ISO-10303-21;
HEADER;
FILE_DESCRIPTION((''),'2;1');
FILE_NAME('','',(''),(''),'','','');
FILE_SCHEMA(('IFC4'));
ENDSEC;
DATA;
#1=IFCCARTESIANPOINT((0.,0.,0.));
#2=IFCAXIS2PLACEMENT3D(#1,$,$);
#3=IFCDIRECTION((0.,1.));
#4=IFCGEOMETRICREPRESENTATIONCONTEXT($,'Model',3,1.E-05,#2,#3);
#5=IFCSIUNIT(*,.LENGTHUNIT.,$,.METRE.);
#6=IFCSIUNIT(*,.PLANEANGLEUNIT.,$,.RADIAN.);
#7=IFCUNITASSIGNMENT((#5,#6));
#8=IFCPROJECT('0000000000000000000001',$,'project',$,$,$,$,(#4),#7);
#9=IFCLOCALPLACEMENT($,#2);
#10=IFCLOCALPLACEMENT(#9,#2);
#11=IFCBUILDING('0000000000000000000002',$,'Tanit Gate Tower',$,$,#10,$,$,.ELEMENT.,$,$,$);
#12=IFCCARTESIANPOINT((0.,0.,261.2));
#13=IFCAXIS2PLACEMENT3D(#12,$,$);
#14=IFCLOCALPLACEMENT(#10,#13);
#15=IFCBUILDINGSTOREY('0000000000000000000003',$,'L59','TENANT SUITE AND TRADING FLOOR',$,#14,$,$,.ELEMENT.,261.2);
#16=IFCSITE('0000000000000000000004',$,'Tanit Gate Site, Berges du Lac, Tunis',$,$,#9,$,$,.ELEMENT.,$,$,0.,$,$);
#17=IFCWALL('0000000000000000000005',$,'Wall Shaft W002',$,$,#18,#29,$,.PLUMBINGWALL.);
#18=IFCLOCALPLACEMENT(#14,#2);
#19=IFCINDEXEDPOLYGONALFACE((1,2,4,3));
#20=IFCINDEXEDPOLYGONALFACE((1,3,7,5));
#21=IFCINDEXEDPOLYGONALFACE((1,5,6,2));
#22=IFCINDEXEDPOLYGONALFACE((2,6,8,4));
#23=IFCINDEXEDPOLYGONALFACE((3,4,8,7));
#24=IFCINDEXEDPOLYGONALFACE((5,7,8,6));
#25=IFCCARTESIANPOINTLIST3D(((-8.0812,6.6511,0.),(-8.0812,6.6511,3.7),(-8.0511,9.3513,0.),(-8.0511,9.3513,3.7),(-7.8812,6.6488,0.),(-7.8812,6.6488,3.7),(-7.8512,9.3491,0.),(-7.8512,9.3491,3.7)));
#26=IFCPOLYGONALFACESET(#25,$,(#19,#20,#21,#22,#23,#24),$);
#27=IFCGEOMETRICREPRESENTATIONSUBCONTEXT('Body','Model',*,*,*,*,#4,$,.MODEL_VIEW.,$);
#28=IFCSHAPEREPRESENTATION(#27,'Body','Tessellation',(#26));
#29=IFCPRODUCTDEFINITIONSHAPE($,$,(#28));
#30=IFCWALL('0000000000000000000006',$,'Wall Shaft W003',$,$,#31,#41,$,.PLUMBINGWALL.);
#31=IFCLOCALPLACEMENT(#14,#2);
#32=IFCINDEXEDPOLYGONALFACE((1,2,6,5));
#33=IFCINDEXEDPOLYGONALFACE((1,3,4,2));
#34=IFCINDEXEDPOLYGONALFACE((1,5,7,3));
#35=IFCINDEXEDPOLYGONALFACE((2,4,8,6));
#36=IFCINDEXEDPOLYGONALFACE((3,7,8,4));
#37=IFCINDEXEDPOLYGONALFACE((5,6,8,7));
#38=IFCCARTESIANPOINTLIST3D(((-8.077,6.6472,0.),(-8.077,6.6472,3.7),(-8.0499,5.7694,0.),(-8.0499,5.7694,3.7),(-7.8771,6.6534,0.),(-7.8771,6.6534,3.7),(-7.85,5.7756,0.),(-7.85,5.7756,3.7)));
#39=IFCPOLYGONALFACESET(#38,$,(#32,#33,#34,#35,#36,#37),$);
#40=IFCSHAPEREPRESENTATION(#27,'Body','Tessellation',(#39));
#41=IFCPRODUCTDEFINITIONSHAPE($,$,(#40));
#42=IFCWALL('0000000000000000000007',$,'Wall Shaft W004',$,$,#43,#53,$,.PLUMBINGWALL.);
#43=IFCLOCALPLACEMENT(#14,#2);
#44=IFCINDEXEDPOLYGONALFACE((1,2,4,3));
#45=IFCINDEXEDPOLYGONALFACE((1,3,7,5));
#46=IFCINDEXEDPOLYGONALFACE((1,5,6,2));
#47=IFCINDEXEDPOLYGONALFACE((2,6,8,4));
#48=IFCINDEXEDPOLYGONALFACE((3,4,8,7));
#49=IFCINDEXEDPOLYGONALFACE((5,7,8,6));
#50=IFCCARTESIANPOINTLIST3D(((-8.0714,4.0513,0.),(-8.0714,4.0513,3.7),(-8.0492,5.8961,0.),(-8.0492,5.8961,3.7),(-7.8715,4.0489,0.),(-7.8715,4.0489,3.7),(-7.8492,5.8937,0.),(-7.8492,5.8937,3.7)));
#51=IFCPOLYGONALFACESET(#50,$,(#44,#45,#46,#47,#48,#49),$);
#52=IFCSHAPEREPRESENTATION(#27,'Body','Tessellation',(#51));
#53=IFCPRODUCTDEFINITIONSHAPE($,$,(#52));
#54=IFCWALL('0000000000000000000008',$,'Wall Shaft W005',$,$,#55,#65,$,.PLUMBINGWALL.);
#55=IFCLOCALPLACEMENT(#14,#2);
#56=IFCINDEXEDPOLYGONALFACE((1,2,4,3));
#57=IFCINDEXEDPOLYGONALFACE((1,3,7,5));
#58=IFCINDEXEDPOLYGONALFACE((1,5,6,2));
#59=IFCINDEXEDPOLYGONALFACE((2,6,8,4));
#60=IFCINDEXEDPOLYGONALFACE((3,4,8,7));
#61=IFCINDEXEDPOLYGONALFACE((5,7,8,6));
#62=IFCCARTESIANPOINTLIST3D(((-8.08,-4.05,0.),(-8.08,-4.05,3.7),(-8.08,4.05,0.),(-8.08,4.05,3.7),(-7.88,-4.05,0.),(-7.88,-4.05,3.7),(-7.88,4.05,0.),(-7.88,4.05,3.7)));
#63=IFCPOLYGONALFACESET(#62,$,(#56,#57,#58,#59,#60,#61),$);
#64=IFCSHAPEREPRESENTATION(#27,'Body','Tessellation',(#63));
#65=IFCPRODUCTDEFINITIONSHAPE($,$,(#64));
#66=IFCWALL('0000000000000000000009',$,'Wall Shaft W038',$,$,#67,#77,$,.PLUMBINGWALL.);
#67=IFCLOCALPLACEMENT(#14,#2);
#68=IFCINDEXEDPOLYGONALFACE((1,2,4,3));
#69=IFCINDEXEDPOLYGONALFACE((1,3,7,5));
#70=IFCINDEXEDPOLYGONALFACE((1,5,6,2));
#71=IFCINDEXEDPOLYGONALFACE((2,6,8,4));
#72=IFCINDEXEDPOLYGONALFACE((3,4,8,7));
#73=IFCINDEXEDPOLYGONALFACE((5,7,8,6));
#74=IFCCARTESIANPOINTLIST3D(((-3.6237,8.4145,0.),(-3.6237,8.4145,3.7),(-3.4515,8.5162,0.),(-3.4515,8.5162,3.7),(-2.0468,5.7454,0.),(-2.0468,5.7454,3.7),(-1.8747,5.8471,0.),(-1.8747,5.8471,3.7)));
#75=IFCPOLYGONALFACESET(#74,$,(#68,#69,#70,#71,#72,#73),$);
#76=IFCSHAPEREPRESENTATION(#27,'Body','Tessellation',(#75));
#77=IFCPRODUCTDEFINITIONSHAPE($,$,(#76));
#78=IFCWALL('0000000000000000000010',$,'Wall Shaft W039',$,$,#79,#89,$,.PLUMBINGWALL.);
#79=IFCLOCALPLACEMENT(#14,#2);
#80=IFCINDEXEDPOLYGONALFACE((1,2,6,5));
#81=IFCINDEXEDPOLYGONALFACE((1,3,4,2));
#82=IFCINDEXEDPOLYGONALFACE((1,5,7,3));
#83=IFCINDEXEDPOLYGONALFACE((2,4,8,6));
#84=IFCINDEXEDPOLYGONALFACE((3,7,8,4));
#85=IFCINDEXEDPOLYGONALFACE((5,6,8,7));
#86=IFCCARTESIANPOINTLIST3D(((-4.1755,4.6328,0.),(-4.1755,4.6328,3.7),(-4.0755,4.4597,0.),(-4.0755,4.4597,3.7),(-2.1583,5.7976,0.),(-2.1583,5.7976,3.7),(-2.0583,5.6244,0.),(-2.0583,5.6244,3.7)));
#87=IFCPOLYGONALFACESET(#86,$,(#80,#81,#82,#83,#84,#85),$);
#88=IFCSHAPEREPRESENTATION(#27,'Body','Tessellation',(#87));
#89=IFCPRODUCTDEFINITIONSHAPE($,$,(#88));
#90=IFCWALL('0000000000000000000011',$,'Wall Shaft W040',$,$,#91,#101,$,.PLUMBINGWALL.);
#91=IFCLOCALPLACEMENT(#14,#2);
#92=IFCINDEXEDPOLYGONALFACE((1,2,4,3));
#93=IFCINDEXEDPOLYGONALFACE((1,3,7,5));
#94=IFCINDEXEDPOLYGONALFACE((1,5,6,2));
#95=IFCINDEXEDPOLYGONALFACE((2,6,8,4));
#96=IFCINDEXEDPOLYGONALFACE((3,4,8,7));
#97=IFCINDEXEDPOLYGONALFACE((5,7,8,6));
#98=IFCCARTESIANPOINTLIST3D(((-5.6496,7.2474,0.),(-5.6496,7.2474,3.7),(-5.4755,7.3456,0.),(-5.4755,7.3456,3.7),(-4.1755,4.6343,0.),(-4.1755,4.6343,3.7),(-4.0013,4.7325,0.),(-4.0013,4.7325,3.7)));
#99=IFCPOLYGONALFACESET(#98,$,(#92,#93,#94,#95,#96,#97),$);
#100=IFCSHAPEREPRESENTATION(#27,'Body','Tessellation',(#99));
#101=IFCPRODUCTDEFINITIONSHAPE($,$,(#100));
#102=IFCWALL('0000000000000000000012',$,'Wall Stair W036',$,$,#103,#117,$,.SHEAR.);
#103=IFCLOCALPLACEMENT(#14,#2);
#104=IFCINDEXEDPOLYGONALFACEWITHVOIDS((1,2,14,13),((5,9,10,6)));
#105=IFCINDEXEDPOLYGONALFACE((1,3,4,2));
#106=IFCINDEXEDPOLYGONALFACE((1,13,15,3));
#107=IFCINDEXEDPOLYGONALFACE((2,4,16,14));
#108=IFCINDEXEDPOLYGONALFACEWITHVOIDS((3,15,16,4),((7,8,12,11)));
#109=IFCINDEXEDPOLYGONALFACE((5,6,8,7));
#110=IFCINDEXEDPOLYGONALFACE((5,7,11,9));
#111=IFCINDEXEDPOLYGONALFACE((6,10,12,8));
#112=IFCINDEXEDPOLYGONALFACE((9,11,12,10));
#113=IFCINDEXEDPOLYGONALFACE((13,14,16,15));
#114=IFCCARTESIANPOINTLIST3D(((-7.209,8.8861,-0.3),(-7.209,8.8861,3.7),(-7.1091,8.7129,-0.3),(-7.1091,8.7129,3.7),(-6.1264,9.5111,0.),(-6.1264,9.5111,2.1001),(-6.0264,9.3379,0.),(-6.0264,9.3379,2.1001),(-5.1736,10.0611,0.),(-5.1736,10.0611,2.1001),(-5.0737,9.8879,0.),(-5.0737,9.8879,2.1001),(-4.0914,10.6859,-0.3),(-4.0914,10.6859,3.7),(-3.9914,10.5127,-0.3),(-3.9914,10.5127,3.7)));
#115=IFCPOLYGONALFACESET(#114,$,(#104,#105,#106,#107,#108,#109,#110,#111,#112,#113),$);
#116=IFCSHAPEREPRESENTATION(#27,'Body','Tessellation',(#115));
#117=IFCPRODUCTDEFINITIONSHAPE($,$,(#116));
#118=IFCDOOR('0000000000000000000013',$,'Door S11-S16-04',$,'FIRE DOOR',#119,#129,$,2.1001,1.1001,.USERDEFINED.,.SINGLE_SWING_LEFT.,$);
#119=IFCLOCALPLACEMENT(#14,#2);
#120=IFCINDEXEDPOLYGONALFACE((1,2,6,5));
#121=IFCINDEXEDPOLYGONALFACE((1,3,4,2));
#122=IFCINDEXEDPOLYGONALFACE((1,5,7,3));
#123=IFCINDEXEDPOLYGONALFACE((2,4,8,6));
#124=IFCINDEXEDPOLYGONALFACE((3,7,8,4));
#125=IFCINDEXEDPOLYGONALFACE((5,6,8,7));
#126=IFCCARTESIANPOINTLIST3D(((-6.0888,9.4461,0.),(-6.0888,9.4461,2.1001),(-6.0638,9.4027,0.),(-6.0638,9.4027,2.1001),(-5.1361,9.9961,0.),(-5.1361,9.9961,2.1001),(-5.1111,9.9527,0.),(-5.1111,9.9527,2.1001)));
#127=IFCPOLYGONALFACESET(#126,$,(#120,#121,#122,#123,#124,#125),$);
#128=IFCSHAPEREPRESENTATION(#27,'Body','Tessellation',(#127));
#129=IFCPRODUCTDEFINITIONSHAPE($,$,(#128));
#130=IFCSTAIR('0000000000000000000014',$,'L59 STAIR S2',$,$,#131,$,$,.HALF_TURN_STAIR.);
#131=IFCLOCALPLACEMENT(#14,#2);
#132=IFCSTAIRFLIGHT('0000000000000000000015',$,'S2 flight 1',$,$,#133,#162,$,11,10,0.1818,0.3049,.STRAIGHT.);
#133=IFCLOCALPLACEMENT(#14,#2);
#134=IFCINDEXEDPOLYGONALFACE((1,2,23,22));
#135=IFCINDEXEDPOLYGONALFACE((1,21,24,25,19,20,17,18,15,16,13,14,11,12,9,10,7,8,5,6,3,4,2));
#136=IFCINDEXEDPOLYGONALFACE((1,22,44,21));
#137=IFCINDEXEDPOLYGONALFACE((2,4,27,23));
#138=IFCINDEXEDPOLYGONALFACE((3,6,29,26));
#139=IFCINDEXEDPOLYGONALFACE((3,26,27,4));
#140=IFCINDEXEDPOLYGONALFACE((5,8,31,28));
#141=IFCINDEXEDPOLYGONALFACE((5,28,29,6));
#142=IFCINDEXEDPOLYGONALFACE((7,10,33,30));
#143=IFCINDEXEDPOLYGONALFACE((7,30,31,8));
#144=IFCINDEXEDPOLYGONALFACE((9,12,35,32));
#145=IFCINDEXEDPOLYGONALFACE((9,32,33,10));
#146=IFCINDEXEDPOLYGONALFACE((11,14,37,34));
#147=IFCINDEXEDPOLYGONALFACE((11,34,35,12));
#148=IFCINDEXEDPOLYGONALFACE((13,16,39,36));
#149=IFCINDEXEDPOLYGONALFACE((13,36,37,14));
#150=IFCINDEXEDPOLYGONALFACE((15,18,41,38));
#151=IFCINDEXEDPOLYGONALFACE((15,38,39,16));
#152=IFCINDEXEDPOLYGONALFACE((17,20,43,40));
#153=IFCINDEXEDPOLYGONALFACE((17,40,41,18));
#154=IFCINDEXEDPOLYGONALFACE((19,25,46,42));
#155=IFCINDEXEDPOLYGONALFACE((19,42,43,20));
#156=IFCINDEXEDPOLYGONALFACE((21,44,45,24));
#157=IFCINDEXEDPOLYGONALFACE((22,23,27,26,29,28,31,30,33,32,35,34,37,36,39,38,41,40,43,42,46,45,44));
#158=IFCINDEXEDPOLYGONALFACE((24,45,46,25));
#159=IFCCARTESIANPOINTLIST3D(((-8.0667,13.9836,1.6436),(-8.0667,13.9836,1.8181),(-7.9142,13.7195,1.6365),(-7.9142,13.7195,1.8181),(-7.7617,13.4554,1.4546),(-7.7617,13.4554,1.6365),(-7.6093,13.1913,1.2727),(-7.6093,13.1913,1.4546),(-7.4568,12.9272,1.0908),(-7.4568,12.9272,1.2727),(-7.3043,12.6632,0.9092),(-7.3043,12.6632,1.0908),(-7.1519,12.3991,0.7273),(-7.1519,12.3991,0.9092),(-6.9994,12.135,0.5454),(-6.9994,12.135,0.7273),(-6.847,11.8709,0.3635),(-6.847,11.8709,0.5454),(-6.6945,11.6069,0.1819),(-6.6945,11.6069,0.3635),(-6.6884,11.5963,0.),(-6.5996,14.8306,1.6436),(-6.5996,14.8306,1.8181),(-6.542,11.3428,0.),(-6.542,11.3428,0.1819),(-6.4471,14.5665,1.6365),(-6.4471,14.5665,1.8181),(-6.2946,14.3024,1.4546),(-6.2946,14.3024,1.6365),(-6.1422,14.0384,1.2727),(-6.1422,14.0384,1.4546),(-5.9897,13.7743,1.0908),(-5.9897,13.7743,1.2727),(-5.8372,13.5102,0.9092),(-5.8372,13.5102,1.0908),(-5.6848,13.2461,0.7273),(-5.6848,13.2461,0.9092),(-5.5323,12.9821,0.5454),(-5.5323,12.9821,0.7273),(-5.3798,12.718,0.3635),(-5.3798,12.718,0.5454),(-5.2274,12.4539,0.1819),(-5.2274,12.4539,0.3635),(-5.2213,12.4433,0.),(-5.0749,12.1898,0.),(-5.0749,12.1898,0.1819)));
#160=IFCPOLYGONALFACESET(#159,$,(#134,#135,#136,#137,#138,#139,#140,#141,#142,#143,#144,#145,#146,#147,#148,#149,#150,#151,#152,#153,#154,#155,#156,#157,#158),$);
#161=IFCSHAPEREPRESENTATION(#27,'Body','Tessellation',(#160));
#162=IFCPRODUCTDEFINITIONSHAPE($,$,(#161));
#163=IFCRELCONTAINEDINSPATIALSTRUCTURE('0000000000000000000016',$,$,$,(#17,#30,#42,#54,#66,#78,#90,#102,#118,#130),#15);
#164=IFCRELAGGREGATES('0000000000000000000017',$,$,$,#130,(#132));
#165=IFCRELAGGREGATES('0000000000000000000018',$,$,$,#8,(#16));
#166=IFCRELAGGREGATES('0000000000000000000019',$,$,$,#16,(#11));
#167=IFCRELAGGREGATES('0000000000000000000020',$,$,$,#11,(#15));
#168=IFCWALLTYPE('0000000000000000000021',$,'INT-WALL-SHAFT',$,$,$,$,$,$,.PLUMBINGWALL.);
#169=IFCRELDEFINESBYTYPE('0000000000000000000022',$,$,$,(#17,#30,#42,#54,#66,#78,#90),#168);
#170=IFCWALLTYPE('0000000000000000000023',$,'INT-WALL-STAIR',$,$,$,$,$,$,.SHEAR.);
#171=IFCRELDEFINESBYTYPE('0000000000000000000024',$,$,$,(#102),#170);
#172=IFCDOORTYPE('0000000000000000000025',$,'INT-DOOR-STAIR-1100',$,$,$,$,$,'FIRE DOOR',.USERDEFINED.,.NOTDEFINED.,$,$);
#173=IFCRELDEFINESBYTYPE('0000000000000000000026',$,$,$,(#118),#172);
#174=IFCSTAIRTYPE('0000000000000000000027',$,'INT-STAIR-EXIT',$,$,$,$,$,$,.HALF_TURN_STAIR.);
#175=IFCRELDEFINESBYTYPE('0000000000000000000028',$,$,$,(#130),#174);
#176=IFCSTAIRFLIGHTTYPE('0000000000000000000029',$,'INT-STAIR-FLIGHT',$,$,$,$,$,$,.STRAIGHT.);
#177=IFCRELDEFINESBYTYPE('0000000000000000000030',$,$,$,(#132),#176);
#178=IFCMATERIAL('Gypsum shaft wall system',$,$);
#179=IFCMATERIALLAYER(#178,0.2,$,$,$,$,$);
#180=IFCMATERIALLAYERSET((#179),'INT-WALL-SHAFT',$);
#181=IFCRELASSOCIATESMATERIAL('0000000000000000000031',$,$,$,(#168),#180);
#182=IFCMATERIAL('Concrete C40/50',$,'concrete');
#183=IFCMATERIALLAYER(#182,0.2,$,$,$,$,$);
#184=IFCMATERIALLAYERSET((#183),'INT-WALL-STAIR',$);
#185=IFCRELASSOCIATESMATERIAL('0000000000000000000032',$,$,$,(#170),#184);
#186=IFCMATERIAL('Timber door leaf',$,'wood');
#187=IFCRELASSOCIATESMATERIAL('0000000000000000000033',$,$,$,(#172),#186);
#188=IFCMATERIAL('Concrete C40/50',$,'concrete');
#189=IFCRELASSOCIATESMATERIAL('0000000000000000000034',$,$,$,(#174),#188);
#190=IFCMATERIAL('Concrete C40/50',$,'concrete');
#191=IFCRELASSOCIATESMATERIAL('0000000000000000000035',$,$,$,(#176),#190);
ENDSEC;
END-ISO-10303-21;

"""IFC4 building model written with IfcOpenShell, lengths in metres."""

from ifc_helpers import new_model, si_unit, direction, frame, frame_2d, origin, place, context, subcontext, project, spatial, polyline, rectangle, outline, extrude, material, layer, layer_set, type_object, element, fill, aggregate, save


model = new_model("IFC4")

# Units and contexts
model_context = context("Model", 3, precision=1e-05, world=origin(), true_north=direction((0.0, 1.0)))
body_context = subcontext(model_context, "Body", "Model", "MODEL_VIEW")
ifc_project = project(units=[si_unit("LENGTHUNIT", "METRE"), si_unit("PLANEANGLEUNIT", "RADIAN")], contexts=[model_context])

# Site, building, storey
site_placement = place(None, origin())
site = spatial("IfcSite", under=ifc_project, at=site_placement, Name="Tanit Gate Site, Berges du Lac, Tunis", CompositionType="ELEMENT", RefElevation=0.0)
building_placement = place(site_placement, origin())
building = spatial("IfcBuilding", under=site, at=building_placement, Name="Tanit Gate Tower", CompositionType="ELEMENT")
storey_placement = place(building_placement, frame((0.0, 0.0, 261.2)))
storey = spatial("IfcBuildingStorey", under=building, at=storey_placement, Name="L59", Description="TENANT SUITE AND TRADING FLOOR", CompositionType="ELEMENT", Elevation=261.2)

# Walls
ifc_material_1 = material(Name="Gypsum shaft wall system")
ifc_layer_1 = layer(ifc_material_1, 0.2)
ifc_layer_set_1 = layer_set([ifc_layer_1], Name="INT-WALL-SHAFT")
wall_type_1 = type_object("IfcWallType", Name="INT-WALL-SHAFT", PredefinedType="PLUMBINGWALL", material=ifc_layer_set_1)
wall_1_placement = place(storey_placement, frame((-7.9512, 9.3501, 0.0), z_axis=(0.0, 0.0, 1.0), x_axis=(-0.01112, -0.999938, 0.0)))
element("IfcWall", 1, at=wall_1_placement, inside=storey, type_object=wall_type_1, Name="Wall Shaft W002", PredefinedType="PLUMBINGWALL", context=body_context, shape_type="SweptSolid", body=[
    extrude(rectangle(XDim=2.7004, YDim=0.2, at=frame_2d((1.3501, 0.0))), origin(), (0.0, 0.0, 1.0), 3.7),
])
wall_2_placement = place(storey_placement, frame((-7.9771, 6.6501, 0.0), z_axis=(0.0, 0.0, 1.0), x_axis=(0.030862, -0.999524, 0.0)))
element("IfcWall", 2, at=wall_2_placement, inside=storey, type_object=wall_type_1, Name="Wall Shaft W003", PredefinedType="PLUMBINGWALL", context=body_context, shape_type="SweptSolid", body=[
    extrude(rectangle(XDim=0.8782, YDim=0.2, at=frame_2d((0.439, 0.0))), origin(), (0.0, 0.0, 1.0), 3.7),
])
wall_3_placement = place(storey_placement, frame((-7.9492, 5.8948, 0.0), z_axis=(0.0, 0.0, 1.0), x_axis=(-0.012043, -0.999927, 0.0)))
element("IfcWall", 3, at=wall_3_placement, inside=storey, type_object=wall_type_1, Name="Wall Shaft W004", PredefinedType="PLUMBINGWALL", context=body_context, shape_type="SweptSolid", body=[
    extrude(rectangle(XDim=1.845, YDim=0.2, at=frame_2d((0.9224, 0.0))), origin(), (0.0, 0.0, 1.0), 3.7),
])
wall_4_placement = place(storey_placement, frame((-7.98, 4.05, 0.0), z_axis=(0.0, 0.0, 1.0), x_axis=(0.0, -1.0, 0.0)))
element("IfcWall", 4, at=wall_4_placement, inside=storey, type_object=wall_type_1, Name="Wall Shaft W005", PredefinedType="PLUMBINGWALL", context=body_context, shape_type="SweptSolid", body=[
    extrude(rectangle(XDim=8.1001, YDim=0.2, at=frame_2d((4.05, 0.0))), origin(), (0.0, 0.0, 1.0), 3.7),
])

# Walls
wall_5_placement = place(storey_placement, frame((-3.5376, 8.4653, 0.0), z_axis=(0.0, 0.0, 1.0), x_axis=(0.508647, -0.860975, 0.0)))
element("IfcWall", 5, at=wall_5_placement, inside=storey, type_object=wall_type_1, Name="Wall Shaft W038", PredefinedType="PLUMBINGWALL", context=body_context, shape_type="SweptSolid", body=[
    extrude(rectangle(XDim=3.1001, YDim=0.2, at=frame_2d((1.55, 0.0))), origin(), (0.0, 0.0, 1.0), 3.7),
])
wall_6_placement = place(storey_placement, frame((-2.1084, 5.7109, 0.0), z_axis=(0.0, 0.0, 1.0), x_axis=(-0.866009, -0.500028, 0.0)))
element("IfcWall", 6, at=wall_6_placement, inside=storey, type_object=wall_type_1, Name="Wall Shaft W039", PredefinedType="PLUMBINGWALL", context=body_context, shape_type="SweptSolid", body=[
    extrude(rectangle(XDim=2.3293, YDim=0.2, at=frame_2d((1.1646, 0.0))), origin(), (0.0, 0.0, 1.0), 3.7),
])
wall_7_placement = place(storey_placement, frame((-5.5625, 7.2964, 0.0), z_axis=(0.0, 0.0, 1.0), x_axis=(0.491347, -0.870964, 0.0)))
element("IfcWall", 7, at=wall_7_placement, inside=storey, type_object=wall_type_1, Name="Wall Shaft W040", PredefinedType="PLUMBINGWALL", context=body_context, shape_type="SweptSolid", body=[
    extrude(rectangle(XDim=3.0002, YDim=0.2, at=frame_2d((1.5, 0.0))), origin(), (0.0, 0.0, 1.0), 3.7),
])

# Wall, opening, door
ifc_material_2 = material(Name="Concrete C40/50", Category="concrete")
ifc_layer_2 = layer(ifc_material_2, 0.2)
ifc_layer_set_2 = layer_set([ifc_layer_2], Name="INT-WALL-STAIR")
wall_type_2 = type_object("IfcWallType", Name="INT-WALL-STAIR", PredefinedType="SHEAR", material=ifc_layer_set_2)
wall_8_placement = place(storey_placement, frame((-7.1589, 8.7996, -0.3), z_axis=(0.0, 0.0, 1.0), x_axis=(0.866048, 0.499961, 0.0)))
wall_8 = element("IfcWall", 8, at=wall_8_placement, inside=storey, type_object=wall_type_2, Name="Wall Stair W036", PredefinedType="SHEAR", context=body_context, shape_type="SweptSolid", body=[
    extrude(rectangle(XDim=3.5999, YDim=0.2, at=frame_2d((1.7998, 0.0))), origin(), (0.0, 0.0, 1.0), 4.0),
])
opening_1_placement = place(wall_8_placement, frame((1.25, 0.0, 0.3)))
opening_1 = element("IfcOpeningElement", 9, at=opening_1_placement, cuts=wall_8, PredefinedType="OPENING", context=body_context, shape_type="SweptSolid", body=[
    extrude(rectangle(XDim=1.1001, YDim=2.1001, at=frame_2d((0.55, 1.05))), frame((0.0, 0.1099, 0.0), z_axis=(0.0, -1.0, 0.0), x_axis=(1.0, 0.0, 0.0)), (0.0, 0.0, 1.0), 0.22),
])
ifc_material_3 = material(Name="Timber door leaf", Category="wood")
door_type_1 = type_object("IfcDoorType", Name="INT-DOOR-STAIR-1100", ElementType="FIRE DOOR", OperationType="NOTDEFINED", PredefinedType="USERDEFINED", material=ifc_material_3)
door_1_placement = place(opening_1_placement, origin())
door_1 = element("IfcDoor", 10, at=door_1_placement, inside=storey, type_object=door_type_1, Name="Door S11-S16-04", ObjectType="FIRE DOOR", OperationType="SINGLE_SWING_LEFT", OverallHeight=2.1001, OverallWidth=1.1001, PredefinedType="USERDEFINED", context=body_context, shape_type="SweptSolid", body=[
    extrude(rectangle(XDim=1.1001, YDim=2.1001, at=frame_2d((0.55, 1.05))), frame((0.0, 0.0249, 0.0), z_axis=(0.0, -1.0, 0.0), x_axis=(1.0, 0.0, 0.0)), (0.0, 0.0, 1.0), 0.05),
])
fill(opening_1, door_1)

# Stair, stair flight
ifc_material_4 = material(Name="Concrete C40/50", Category="concrete")
stair_type = type_object("IfcStairType", Name="INT-STAIR-EXIT", PredefinedType="HALF_TURN_STAIR", material=ifc_material_4)
stair_placement = place(storey_placement, origin())
stair = element("IfcStair", 11, at=stair_placement, inside=storey, type_object=stair_type, Name="L59 STAIR S2", PredefinedType="HALF_TURN_STAIR")
ifc_material_5 = material(Name="Concrete C40/50", Category="concrete")
stair_flight_type = type_object("IfcStairFlightType", Name="INT-STAIR-FLIGHT", PredefinedType="STRAIGHT", material=ifc_material_5)
stair_flight_placement = place(storey_placement, frame((-5.8083, 11.7664, 0.0), z_axis=(0.0, 0.0, 1.0), x_axis=(-0.5, 0.866025, 0.0)))
stair_flight = element("IfcStairFlight", 12, at=stair_flight_placement, type_object=stair_flight_type, Name="S2 flight 1", NumberOfRisers=11, NumberOfTreads=10, PredefinedType="STRAIGHT", RiserHeight=0.1818, TreadLength=0.3049, context=body_context, shape_type="SweptSolid", body=[
    extrude(outline(polyline([(0.0, 0.0), (0.0, 0.1819), (0.3049, 0.1819), (0.3049, 0.3635), (0.6099, 0.3635), (0.6099, 0.5454), (0.9148, 0.5454), (0.9148, 0.7273), (1.2197, 0.7273), (1.2197, 0.9092), (1.5247, 0.9092), (1.5247, 1.0908), (1.8296, 1.0908), (1.8296, 1.2727), (2.1345, 1.2727), (2.1345, 1.4546), (2.4395, 1.4546), (2.4395, 1.6365), (2.7444, 1.6365), (2.7444, 1.8181), (3.0493, 1.8181), (3.0493, 2.0), (3.0493, 1.6436), (0.2927, 0.0), (0.0, 0.0)])), frame((0.0, 0.8472, 0.0), z_axis=(0.0, -1.0, 0.0), x_axis=(1.0, 0.0, 0.0)), (0.0, 0.0, 1.0), 1.6941),
])
aggregate(stair, [stair_flight])

save(model, "model.ifc")
